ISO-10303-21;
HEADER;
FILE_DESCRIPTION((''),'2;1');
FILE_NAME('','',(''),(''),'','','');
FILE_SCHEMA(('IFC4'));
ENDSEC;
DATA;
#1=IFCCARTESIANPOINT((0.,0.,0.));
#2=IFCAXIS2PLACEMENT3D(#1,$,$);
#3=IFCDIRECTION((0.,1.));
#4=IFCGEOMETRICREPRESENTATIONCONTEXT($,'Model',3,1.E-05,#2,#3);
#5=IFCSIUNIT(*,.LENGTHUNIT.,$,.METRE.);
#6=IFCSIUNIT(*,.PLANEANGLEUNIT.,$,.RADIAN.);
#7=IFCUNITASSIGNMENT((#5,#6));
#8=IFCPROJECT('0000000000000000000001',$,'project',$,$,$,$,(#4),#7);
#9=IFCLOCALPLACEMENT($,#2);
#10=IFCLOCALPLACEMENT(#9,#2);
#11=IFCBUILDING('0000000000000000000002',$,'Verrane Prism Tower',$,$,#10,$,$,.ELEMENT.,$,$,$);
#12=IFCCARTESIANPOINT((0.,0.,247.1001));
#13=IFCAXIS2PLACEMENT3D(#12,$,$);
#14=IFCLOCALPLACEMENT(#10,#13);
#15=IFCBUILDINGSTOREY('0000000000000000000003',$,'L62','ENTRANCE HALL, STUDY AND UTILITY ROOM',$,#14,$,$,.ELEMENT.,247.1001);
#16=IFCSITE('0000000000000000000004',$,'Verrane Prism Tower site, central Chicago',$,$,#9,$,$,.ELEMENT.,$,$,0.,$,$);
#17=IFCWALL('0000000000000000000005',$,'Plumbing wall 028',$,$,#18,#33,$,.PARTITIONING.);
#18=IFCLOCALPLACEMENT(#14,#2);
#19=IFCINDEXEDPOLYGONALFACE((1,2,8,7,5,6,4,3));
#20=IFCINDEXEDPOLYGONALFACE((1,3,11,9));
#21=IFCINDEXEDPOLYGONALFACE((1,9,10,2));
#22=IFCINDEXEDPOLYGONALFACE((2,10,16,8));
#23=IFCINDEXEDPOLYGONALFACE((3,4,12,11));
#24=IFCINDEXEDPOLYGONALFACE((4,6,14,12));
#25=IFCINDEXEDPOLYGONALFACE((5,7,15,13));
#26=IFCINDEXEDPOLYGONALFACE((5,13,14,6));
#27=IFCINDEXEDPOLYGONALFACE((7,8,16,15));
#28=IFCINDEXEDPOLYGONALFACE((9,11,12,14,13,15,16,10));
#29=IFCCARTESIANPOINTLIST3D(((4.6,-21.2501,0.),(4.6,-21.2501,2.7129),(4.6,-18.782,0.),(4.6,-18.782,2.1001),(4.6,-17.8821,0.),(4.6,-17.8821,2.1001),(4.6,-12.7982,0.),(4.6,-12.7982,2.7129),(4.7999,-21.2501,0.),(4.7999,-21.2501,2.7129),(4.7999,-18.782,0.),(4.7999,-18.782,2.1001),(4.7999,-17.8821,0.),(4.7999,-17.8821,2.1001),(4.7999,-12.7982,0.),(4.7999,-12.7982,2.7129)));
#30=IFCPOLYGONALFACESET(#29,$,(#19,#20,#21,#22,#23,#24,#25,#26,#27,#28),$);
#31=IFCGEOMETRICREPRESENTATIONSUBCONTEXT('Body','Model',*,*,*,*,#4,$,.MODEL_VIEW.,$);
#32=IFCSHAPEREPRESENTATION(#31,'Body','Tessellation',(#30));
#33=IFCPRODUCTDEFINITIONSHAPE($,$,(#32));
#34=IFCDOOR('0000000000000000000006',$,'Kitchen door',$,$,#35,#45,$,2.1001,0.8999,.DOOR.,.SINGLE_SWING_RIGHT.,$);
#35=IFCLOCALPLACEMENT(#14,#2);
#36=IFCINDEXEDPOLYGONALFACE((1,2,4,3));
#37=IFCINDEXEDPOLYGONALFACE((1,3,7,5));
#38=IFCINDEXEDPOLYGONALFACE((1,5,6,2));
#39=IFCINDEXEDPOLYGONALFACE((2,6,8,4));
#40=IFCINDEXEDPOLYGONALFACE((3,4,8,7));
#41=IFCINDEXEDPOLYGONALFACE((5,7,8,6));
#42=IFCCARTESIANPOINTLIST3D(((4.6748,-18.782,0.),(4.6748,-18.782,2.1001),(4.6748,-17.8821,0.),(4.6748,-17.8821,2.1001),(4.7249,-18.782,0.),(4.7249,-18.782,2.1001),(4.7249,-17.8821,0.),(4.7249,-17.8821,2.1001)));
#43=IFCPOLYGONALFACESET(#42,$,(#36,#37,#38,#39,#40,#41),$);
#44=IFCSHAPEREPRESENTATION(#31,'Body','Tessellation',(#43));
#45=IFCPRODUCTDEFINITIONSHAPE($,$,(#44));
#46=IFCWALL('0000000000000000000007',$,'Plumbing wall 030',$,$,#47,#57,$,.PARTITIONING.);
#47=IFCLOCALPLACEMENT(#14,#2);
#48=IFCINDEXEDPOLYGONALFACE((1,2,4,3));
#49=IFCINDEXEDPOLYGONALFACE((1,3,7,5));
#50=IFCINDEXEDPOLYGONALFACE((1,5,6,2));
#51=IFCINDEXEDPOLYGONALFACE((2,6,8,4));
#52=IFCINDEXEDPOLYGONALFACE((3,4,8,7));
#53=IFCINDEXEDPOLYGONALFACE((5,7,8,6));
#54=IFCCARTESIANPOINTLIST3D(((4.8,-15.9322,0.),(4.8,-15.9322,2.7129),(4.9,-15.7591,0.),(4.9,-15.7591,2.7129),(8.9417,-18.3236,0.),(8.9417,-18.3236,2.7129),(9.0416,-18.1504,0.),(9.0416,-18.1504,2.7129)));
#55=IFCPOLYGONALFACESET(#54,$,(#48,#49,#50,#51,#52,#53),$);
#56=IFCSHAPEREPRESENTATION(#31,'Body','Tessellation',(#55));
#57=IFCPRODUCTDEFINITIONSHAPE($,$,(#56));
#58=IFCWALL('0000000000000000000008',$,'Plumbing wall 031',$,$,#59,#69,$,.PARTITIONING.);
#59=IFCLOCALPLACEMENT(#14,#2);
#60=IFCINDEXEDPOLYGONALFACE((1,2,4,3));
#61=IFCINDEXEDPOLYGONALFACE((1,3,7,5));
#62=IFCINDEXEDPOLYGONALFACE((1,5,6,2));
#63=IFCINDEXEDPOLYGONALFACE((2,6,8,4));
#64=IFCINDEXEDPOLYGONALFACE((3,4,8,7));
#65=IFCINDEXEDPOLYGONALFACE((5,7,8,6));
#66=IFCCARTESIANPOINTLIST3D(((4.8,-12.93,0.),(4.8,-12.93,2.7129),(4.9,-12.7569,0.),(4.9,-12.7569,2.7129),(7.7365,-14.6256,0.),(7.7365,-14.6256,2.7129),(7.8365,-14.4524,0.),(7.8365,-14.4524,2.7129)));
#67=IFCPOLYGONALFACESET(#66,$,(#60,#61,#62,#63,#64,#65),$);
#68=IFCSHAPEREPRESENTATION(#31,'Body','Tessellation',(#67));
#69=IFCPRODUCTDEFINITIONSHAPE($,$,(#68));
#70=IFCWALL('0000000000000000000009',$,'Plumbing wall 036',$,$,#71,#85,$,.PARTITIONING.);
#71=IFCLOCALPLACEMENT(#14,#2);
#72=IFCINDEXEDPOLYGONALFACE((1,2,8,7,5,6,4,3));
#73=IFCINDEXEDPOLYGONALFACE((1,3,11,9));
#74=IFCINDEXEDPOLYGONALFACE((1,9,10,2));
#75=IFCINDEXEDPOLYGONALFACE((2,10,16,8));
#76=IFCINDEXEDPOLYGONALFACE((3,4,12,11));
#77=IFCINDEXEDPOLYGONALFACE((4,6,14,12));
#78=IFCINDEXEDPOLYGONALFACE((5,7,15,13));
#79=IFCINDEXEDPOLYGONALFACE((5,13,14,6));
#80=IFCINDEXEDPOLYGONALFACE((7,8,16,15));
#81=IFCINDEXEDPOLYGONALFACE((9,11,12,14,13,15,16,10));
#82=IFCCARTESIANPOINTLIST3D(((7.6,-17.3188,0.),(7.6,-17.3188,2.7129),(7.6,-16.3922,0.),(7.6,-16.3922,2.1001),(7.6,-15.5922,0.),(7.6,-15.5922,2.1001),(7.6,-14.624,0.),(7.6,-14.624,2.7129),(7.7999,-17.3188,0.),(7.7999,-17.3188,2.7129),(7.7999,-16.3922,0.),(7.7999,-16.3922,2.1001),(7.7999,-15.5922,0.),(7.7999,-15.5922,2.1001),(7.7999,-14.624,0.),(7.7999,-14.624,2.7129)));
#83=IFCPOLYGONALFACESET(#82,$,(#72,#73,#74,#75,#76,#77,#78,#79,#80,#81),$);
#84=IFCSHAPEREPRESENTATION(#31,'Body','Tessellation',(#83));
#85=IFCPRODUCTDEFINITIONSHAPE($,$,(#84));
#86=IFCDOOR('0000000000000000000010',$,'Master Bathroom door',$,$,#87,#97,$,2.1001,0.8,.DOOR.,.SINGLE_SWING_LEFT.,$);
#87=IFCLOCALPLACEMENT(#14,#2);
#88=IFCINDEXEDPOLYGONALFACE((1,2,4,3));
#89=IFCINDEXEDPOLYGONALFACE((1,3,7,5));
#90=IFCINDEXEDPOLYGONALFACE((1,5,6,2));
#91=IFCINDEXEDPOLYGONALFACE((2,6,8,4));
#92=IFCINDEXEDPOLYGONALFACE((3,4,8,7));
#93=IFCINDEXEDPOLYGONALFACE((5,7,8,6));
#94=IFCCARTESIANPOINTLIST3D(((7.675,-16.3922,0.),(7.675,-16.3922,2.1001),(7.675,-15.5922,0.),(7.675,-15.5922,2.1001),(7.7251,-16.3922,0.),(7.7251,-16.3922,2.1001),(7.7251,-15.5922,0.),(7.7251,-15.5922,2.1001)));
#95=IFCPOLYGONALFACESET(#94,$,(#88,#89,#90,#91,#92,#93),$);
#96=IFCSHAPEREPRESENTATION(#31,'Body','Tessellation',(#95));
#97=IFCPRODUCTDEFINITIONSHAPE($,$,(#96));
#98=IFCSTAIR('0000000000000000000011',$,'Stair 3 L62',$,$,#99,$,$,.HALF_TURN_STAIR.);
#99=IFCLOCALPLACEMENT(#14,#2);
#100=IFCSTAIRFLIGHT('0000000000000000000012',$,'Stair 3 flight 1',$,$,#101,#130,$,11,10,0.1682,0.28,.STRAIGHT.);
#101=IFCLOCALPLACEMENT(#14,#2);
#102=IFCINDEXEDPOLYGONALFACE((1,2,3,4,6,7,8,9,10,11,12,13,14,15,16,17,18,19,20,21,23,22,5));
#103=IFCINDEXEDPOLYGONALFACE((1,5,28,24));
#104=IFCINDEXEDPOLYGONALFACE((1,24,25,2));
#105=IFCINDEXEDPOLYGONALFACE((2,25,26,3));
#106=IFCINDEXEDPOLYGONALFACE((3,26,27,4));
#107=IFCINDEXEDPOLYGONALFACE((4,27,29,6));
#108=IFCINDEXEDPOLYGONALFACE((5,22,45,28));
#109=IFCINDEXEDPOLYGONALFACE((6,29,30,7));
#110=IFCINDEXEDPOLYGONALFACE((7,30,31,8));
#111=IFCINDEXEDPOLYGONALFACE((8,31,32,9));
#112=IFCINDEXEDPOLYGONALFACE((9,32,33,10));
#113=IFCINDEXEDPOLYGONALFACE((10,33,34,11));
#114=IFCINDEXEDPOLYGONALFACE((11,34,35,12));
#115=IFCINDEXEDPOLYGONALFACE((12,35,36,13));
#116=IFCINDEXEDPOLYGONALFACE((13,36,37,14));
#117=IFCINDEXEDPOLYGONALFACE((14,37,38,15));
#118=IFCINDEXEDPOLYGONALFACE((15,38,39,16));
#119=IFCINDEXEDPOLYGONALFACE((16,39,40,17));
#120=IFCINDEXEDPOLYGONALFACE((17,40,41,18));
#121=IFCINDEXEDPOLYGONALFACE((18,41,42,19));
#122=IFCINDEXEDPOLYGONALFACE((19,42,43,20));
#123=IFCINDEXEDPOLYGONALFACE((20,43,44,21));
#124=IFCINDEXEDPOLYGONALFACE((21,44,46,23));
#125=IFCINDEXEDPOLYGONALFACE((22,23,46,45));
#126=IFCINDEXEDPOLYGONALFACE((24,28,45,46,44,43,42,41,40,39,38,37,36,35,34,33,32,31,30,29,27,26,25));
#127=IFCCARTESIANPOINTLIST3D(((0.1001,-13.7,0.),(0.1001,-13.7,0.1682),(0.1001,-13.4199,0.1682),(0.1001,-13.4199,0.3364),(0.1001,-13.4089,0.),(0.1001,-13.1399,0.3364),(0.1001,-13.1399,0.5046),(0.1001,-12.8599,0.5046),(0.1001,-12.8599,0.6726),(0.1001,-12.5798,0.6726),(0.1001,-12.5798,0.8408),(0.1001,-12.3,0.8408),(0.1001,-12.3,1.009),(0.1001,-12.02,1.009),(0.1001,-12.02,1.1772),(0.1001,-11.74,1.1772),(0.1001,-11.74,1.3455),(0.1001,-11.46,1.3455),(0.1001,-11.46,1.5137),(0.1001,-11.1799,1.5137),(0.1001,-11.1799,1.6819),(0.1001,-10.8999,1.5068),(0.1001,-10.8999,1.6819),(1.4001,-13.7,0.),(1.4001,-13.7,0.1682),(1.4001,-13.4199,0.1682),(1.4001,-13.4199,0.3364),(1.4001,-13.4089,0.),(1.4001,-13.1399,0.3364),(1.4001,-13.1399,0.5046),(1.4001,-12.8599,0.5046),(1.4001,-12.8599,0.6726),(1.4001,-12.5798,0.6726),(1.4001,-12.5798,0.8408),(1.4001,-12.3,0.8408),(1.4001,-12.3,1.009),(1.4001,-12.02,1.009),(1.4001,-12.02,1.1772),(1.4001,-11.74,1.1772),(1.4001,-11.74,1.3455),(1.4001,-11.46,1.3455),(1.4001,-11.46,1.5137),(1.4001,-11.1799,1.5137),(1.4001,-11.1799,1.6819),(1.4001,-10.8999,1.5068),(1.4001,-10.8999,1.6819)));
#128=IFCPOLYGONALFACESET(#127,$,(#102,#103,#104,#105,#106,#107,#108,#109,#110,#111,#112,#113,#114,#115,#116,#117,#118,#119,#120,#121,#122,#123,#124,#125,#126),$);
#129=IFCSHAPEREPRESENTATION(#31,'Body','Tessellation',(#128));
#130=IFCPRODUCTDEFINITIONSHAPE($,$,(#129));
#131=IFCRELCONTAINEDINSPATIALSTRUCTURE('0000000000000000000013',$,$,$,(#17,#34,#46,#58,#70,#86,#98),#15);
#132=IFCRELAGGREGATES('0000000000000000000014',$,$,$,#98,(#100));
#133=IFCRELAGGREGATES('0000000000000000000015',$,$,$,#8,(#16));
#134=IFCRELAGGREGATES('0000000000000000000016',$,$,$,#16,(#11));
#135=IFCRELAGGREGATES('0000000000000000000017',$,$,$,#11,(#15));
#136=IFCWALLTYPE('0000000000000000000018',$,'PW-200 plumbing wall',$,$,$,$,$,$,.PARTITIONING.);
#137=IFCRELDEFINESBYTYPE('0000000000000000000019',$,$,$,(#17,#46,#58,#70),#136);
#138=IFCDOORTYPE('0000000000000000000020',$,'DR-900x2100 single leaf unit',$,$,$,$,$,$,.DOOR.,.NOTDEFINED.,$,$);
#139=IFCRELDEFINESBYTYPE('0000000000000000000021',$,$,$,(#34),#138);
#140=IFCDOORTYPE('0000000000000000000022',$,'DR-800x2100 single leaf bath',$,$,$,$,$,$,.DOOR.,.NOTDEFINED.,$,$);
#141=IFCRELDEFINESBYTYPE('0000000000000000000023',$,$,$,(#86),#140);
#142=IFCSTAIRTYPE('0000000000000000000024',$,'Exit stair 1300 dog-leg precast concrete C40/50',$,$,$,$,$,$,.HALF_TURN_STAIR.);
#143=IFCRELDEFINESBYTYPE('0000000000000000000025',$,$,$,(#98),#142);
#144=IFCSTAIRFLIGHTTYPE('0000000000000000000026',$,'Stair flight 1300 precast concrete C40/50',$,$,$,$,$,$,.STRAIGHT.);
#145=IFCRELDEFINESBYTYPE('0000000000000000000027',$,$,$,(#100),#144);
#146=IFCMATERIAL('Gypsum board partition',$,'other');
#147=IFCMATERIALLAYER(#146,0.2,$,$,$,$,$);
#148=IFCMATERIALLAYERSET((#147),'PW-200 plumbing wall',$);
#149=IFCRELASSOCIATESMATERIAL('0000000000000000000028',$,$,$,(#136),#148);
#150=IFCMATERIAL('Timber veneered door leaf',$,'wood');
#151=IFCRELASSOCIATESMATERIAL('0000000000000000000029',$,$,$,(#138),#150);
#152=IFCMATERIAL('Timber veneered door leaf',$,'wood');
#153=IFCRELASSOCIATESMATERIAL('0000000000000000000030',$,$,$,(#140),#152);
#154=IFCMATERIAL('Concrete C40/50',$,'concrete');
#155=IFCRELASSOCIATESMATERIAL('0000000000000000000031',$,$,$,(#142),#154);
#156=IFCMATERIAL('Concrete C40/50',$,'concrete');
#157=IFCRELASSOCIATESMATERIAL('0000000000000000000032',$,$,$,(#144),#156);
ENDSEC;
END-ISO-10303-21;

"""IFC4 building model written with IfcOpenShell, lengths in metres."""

from ifc_helpers import new_model, si_unit, direction, frame, frame_2d, origin, place, context, subcontext, project, spatial, polyline, rectangle, outline, extrude, material, layer, layer_set, type_object, element, fill, aggregate, save


model = new_model("IFC4")

# Units and contexts
model_context = context("Model", 3, precision=1e-05, world=origin(), true_north=direction((0.0, 1.0)))
body_context = subcontext(model_context, "Body", "Model", "MODEL_VIEW")
ifc_project = project(units=[si_unit("LENGTHUNIT", "METRE"), si_unit("PLANEANGLEUNIT", "RADIAN")], contexts=[model_context])

# Site, building, storey
site_placement = place(None, origin())
site = spatial("IfcSite", under=ifc_project, at=site_placement, Name="Verrane Prism Tower site, central Chicago", CompositionType="ELEMENT", RefElevation=0.0)
building_placement = place(site_placement, origin())
building = spatial("IfcBuilding", under=site, at=building_placement, Name="Verrane Prism Tower", CompositionType="ELEMENT")
storey_placement = place(building_placement, frame((0.0, 0.0, 247.1001)))
storey = spatial("IfcBuildingStorey", under=building, at=storey_placement, Name="L62", Description="ENTRANCE HALL, STUDY AND UTILITY ROOM", CompositionType="ELEMENT", Elevation=247.1001)

# Wall, opening, door
ifc_material_1 = material(Name="Gypsum board partition", Category="other")
ifc_layer_1 = layer(ifc_material_1, 0.2)
ifc_layer_set_1 = layer_set([ifc_layer_1], Name="PW-200 plumbing wall")
wall_type_1 = type_object("IfcWallType", Name="PW-200 plumbing wall", PredefinedType="PARTITIONING", material=ifc_layer_set_1)
wall_1_placement = place(storey_placement, frame((4.7, -12.7981, 0.0), z_axis=(0.0, 0.0, 1.0), x_axis=(0.0, -1.0, 0.0)))
wall_1 = element("IfcWall", 1, at=wall_1_placement, inside=storey, type_object=wall_type_1, Name="Plumbing wall 028", PredefinedType="PARTITIONING", context=body_context, shape_type="SweptSolid", body=[
    extrude(rectangle(XDim=8.4519, YDim=0.2, at=frame_2d((4.2261, 0.0))), origin(), (0.0, 0.0, 1.0), 2.7129),
])
opening_1_placement = place(wall_1_placement, frame((5.084, 0.0, 0.0)))
opening_1 = element("IfcOpeningElement", 2, at=opening_1_placement, cuts=wall_1, PredefinedType="OPENING", context=body_context, shape_type="SweptSolid", body=[
    extrude(rectangle(XDim=0.8999, YDim=2.1001, at=frame_2d((0.45, 1.05))), frame((0.0, 0.1099, 0.0), z_axis=(0.0, -1.0, 0.0), x_axis=(1.0, 0.0, 0.0)), (0.0, 0.0, 1.0), 0.22),
])
ifc_material_2 = material(Name="Timber veneered door leaf", Category="wood")
door_type_1 = type_object("IfcDoorType", Name="DR-900x2100 single leaf unit", OperationType="NOTDEFINED", PredefinedType="DOOR", material=ifc_material_2)
door_1_placement = place(opening_1_placement, origin())
door_1 = element("IfcDoor", 3, at=door_1_placement, inside=storey, type_object=door_type_1, Name="Kitchen door", OperationType="SINGLE_SWING_RIGHT", OverallHeight=2.1001, OverallWidth=0.8999, PredefinedType="DOOR", context=body_context, shape_type="SweptSolid", body=[
    extrude(rectangle(XDim=0.8999, YDim=2.1001, at=frame_2d((0.45, 1.05))), frame((0.0, 0.0249, 0.0), z_axis=(0.0, -1.0, 0.0), x_axis=(1.0, 0.0, 0.0)), (0.0, 0.0, 1.0), 0.05),
])
fill(opening_1, door_1)

# Walls
wall_2_placement = place(storey_placement, frame((4.8501, -15.8457, 0.0), z_axis=(0.0, 0.0, 1.0), x_axis=(0.866007, -0.500032, 0.0)))
element("IfcWall", 4, at=wall_2_placement, inside=storey, type_object=wall_type_1, Name="Plumbing wall 030", PredefinedType="PARTITIONING", context=body_context, shape_type="SweptSolid", body=[
    extrude(rectangle(XDim=4.7825, YDim=0.2, at=frame_2d((2.3911, 0.0))), origin(), (0.0, 0.0, 1.0), 2.7129),
])
wall_3_placement = place(storey_placement, frame((4.8501, -12.8435, 0.0), z_axis=(0.0, 0.0, 1.0), x_axis=(0.866006, -0.500034, 0.0)))
element("IfcWall", 5, at=wall_3_placement, inside=storey, type_object=wall_type_1, Name="Plumbing wall 031", PredefinedType="PARTITIONING", context=body_context, shape_type="SweptSolid", body=[
    extrude(rectangle(XDim=3.3909, YDim=0.2, at=frame_2d((1.6953, 0.0))), origin(), (0.0, 0.0, 1.0), 2.7129),
])

# Wall, opening, door
wall_4_placement = place(storey_placement, frame((7.7, -17.3188, 0.0), z_axis=(0.0, 0.0, 1.0), x_axis=(0.0, 1.0, 0.0)))
wall_4 = element("IfcWall", 6, at=wall_4_placement, inside=storey, type_object=wall_type_1, Name="Plumbing wall 036", PredefinedType="PARTITIONING", context=body_context, shape_type="SweptSolid", body=[
    extrude(rectangle(XDim=2.6948, YDim=0.2, at=frame_2d((1.3474, 0.0))), origin(), (0.0, 0.0, 1.0), 2.7129),
])
opening_2_placement = place(wall_4_placement, frame((0.9268, 0.0, 0.0)))
opening_2 = element("IfcOpeningElement", 7, at=opening_2_placement, cuts=wall_4, PredefinedType="OPENING", context=body_context, shape_type="SweptSolid", body=[
    extrude(rectangle(XDim=0.8, YDim=2.1001, at=frame_2d((0.3999, 1.05))), frame((0.0, 0.1099, 0.0), z_axis=(0.0, -1.0, 0.0), x_axis=(1.0, 0.0, 0.0)), (0.0, 0.0, 1.0), 0.22),
])
ifc_material_3 = material(Name="Timber veneered door leaf", Category="wood")
door_type_2 = type_object("IfcDoorType", Name="DR-800x2100 single leaf bath", OperationType="NOTDEFINED", PredefinedType="DOOR", material=ifc_material_3)
door_2_placement = place(opening_2_placement, origin())
door_2 = element("IfcDoor", 8, at=door_2_placement, inside=storey, type_object=door_type_2, Name="Master Bathroom door", OperationType="SINGLE_SWING_LEFT", OverallHeight=2.1001, OverallWidth=0.8, PredefinedType="DOOR", context=body_context, shape_type="SweptSolid", body=[
    extrude(rectangle(XDim=0.8, YDim=2.1001, at=frame_2d((0.3999, 1.05))), frame((0.0, 0.0249, 0.0), z_axis=(0.0, -1.0, 0.0), x_axis=(1.0, 0.0, 0.0)), (0.0, 0.0, 1.0), 0.05),
])
fill(opening_2, door_2)

# Stair, stair flight
ifc_material_4 = material(Name="Concrete C40/50", Category="concrete")
stair_type = type_object("IfcStairType", Name="Exit stair 1300 dog-leg precast concrete C40/50", PredefinedType="HALF_TURN_STAIR", material=ifc_material_4)
stair_placement = place(storey_placement, origin())
stair = element("IfcStair", 9, at=stair_placement, inside=storey, type_object=stair_type, Name="Stair 3 L62", PredefinedType="HALF_TURN_STAIR")
ifc_material_5 = material(Name="Concrete C40/50", Category="concrete")
stair_flight_type = type_object("IfcStairFlightType", Name="Stair flight 1300 precast concrete C40/50", PredefinedType="STRAIGHT", material=ifc_material_5)
stair_flight_placement = place(storey_placement, frame((0.75, -13.7, 0.0), z_axis=(0.0, 0.0, 1.0), x_axis=(0.0, 1.0, 0.0)))
stair_flight = element("IfcStairFlight", 10, at=stair_flight_placement, type_object=stair_flight_type, Name="Stair 3 flight 1", NumberOfRisers=11, NumberOfTreads=10, PredefinedType="STRAIGHT", RiserHeight=0.1682, TreadLength=0.28, context=body_context, shape_type="SweptSolid", body=[
    extrude(outline(polyline([(0.0, 0.0), (0.0, 0.1682), (0.28, 0.1682), (0.28, 0.3364), (0.5601, 0.3364), (0.5601, 0.5046), (0.8401, 0.5046), (0.8401, 0.6726), (1.1201, 0.6726), (1.1201, 0.8408), (1.3999, 0.8408), (1.3999, 1.009), (1.6799, 1.009), (1.6799, 1.1772), (1.96, 1.1772), (1.96, 1.3455), (2.24, 1.3455), (2.24, 1.5137), (2.52, 1.5137), (2.52, 1.6819), (2.8, 1.6819), (2.8, 1.8501), (2.8, 1.5068), (0.291, 0.0), (0.0, 0.0)])), frame((0.0, 0.6499, 0.0), z_axis=(0.0, -1.0, 0.0), x_axis=(1.0, 0.0, 0.0)), (0.0, 0.0, 1.0), 1.3),
])
aggregate(stair, [stair_flight])

save(model, "model.ifc")
